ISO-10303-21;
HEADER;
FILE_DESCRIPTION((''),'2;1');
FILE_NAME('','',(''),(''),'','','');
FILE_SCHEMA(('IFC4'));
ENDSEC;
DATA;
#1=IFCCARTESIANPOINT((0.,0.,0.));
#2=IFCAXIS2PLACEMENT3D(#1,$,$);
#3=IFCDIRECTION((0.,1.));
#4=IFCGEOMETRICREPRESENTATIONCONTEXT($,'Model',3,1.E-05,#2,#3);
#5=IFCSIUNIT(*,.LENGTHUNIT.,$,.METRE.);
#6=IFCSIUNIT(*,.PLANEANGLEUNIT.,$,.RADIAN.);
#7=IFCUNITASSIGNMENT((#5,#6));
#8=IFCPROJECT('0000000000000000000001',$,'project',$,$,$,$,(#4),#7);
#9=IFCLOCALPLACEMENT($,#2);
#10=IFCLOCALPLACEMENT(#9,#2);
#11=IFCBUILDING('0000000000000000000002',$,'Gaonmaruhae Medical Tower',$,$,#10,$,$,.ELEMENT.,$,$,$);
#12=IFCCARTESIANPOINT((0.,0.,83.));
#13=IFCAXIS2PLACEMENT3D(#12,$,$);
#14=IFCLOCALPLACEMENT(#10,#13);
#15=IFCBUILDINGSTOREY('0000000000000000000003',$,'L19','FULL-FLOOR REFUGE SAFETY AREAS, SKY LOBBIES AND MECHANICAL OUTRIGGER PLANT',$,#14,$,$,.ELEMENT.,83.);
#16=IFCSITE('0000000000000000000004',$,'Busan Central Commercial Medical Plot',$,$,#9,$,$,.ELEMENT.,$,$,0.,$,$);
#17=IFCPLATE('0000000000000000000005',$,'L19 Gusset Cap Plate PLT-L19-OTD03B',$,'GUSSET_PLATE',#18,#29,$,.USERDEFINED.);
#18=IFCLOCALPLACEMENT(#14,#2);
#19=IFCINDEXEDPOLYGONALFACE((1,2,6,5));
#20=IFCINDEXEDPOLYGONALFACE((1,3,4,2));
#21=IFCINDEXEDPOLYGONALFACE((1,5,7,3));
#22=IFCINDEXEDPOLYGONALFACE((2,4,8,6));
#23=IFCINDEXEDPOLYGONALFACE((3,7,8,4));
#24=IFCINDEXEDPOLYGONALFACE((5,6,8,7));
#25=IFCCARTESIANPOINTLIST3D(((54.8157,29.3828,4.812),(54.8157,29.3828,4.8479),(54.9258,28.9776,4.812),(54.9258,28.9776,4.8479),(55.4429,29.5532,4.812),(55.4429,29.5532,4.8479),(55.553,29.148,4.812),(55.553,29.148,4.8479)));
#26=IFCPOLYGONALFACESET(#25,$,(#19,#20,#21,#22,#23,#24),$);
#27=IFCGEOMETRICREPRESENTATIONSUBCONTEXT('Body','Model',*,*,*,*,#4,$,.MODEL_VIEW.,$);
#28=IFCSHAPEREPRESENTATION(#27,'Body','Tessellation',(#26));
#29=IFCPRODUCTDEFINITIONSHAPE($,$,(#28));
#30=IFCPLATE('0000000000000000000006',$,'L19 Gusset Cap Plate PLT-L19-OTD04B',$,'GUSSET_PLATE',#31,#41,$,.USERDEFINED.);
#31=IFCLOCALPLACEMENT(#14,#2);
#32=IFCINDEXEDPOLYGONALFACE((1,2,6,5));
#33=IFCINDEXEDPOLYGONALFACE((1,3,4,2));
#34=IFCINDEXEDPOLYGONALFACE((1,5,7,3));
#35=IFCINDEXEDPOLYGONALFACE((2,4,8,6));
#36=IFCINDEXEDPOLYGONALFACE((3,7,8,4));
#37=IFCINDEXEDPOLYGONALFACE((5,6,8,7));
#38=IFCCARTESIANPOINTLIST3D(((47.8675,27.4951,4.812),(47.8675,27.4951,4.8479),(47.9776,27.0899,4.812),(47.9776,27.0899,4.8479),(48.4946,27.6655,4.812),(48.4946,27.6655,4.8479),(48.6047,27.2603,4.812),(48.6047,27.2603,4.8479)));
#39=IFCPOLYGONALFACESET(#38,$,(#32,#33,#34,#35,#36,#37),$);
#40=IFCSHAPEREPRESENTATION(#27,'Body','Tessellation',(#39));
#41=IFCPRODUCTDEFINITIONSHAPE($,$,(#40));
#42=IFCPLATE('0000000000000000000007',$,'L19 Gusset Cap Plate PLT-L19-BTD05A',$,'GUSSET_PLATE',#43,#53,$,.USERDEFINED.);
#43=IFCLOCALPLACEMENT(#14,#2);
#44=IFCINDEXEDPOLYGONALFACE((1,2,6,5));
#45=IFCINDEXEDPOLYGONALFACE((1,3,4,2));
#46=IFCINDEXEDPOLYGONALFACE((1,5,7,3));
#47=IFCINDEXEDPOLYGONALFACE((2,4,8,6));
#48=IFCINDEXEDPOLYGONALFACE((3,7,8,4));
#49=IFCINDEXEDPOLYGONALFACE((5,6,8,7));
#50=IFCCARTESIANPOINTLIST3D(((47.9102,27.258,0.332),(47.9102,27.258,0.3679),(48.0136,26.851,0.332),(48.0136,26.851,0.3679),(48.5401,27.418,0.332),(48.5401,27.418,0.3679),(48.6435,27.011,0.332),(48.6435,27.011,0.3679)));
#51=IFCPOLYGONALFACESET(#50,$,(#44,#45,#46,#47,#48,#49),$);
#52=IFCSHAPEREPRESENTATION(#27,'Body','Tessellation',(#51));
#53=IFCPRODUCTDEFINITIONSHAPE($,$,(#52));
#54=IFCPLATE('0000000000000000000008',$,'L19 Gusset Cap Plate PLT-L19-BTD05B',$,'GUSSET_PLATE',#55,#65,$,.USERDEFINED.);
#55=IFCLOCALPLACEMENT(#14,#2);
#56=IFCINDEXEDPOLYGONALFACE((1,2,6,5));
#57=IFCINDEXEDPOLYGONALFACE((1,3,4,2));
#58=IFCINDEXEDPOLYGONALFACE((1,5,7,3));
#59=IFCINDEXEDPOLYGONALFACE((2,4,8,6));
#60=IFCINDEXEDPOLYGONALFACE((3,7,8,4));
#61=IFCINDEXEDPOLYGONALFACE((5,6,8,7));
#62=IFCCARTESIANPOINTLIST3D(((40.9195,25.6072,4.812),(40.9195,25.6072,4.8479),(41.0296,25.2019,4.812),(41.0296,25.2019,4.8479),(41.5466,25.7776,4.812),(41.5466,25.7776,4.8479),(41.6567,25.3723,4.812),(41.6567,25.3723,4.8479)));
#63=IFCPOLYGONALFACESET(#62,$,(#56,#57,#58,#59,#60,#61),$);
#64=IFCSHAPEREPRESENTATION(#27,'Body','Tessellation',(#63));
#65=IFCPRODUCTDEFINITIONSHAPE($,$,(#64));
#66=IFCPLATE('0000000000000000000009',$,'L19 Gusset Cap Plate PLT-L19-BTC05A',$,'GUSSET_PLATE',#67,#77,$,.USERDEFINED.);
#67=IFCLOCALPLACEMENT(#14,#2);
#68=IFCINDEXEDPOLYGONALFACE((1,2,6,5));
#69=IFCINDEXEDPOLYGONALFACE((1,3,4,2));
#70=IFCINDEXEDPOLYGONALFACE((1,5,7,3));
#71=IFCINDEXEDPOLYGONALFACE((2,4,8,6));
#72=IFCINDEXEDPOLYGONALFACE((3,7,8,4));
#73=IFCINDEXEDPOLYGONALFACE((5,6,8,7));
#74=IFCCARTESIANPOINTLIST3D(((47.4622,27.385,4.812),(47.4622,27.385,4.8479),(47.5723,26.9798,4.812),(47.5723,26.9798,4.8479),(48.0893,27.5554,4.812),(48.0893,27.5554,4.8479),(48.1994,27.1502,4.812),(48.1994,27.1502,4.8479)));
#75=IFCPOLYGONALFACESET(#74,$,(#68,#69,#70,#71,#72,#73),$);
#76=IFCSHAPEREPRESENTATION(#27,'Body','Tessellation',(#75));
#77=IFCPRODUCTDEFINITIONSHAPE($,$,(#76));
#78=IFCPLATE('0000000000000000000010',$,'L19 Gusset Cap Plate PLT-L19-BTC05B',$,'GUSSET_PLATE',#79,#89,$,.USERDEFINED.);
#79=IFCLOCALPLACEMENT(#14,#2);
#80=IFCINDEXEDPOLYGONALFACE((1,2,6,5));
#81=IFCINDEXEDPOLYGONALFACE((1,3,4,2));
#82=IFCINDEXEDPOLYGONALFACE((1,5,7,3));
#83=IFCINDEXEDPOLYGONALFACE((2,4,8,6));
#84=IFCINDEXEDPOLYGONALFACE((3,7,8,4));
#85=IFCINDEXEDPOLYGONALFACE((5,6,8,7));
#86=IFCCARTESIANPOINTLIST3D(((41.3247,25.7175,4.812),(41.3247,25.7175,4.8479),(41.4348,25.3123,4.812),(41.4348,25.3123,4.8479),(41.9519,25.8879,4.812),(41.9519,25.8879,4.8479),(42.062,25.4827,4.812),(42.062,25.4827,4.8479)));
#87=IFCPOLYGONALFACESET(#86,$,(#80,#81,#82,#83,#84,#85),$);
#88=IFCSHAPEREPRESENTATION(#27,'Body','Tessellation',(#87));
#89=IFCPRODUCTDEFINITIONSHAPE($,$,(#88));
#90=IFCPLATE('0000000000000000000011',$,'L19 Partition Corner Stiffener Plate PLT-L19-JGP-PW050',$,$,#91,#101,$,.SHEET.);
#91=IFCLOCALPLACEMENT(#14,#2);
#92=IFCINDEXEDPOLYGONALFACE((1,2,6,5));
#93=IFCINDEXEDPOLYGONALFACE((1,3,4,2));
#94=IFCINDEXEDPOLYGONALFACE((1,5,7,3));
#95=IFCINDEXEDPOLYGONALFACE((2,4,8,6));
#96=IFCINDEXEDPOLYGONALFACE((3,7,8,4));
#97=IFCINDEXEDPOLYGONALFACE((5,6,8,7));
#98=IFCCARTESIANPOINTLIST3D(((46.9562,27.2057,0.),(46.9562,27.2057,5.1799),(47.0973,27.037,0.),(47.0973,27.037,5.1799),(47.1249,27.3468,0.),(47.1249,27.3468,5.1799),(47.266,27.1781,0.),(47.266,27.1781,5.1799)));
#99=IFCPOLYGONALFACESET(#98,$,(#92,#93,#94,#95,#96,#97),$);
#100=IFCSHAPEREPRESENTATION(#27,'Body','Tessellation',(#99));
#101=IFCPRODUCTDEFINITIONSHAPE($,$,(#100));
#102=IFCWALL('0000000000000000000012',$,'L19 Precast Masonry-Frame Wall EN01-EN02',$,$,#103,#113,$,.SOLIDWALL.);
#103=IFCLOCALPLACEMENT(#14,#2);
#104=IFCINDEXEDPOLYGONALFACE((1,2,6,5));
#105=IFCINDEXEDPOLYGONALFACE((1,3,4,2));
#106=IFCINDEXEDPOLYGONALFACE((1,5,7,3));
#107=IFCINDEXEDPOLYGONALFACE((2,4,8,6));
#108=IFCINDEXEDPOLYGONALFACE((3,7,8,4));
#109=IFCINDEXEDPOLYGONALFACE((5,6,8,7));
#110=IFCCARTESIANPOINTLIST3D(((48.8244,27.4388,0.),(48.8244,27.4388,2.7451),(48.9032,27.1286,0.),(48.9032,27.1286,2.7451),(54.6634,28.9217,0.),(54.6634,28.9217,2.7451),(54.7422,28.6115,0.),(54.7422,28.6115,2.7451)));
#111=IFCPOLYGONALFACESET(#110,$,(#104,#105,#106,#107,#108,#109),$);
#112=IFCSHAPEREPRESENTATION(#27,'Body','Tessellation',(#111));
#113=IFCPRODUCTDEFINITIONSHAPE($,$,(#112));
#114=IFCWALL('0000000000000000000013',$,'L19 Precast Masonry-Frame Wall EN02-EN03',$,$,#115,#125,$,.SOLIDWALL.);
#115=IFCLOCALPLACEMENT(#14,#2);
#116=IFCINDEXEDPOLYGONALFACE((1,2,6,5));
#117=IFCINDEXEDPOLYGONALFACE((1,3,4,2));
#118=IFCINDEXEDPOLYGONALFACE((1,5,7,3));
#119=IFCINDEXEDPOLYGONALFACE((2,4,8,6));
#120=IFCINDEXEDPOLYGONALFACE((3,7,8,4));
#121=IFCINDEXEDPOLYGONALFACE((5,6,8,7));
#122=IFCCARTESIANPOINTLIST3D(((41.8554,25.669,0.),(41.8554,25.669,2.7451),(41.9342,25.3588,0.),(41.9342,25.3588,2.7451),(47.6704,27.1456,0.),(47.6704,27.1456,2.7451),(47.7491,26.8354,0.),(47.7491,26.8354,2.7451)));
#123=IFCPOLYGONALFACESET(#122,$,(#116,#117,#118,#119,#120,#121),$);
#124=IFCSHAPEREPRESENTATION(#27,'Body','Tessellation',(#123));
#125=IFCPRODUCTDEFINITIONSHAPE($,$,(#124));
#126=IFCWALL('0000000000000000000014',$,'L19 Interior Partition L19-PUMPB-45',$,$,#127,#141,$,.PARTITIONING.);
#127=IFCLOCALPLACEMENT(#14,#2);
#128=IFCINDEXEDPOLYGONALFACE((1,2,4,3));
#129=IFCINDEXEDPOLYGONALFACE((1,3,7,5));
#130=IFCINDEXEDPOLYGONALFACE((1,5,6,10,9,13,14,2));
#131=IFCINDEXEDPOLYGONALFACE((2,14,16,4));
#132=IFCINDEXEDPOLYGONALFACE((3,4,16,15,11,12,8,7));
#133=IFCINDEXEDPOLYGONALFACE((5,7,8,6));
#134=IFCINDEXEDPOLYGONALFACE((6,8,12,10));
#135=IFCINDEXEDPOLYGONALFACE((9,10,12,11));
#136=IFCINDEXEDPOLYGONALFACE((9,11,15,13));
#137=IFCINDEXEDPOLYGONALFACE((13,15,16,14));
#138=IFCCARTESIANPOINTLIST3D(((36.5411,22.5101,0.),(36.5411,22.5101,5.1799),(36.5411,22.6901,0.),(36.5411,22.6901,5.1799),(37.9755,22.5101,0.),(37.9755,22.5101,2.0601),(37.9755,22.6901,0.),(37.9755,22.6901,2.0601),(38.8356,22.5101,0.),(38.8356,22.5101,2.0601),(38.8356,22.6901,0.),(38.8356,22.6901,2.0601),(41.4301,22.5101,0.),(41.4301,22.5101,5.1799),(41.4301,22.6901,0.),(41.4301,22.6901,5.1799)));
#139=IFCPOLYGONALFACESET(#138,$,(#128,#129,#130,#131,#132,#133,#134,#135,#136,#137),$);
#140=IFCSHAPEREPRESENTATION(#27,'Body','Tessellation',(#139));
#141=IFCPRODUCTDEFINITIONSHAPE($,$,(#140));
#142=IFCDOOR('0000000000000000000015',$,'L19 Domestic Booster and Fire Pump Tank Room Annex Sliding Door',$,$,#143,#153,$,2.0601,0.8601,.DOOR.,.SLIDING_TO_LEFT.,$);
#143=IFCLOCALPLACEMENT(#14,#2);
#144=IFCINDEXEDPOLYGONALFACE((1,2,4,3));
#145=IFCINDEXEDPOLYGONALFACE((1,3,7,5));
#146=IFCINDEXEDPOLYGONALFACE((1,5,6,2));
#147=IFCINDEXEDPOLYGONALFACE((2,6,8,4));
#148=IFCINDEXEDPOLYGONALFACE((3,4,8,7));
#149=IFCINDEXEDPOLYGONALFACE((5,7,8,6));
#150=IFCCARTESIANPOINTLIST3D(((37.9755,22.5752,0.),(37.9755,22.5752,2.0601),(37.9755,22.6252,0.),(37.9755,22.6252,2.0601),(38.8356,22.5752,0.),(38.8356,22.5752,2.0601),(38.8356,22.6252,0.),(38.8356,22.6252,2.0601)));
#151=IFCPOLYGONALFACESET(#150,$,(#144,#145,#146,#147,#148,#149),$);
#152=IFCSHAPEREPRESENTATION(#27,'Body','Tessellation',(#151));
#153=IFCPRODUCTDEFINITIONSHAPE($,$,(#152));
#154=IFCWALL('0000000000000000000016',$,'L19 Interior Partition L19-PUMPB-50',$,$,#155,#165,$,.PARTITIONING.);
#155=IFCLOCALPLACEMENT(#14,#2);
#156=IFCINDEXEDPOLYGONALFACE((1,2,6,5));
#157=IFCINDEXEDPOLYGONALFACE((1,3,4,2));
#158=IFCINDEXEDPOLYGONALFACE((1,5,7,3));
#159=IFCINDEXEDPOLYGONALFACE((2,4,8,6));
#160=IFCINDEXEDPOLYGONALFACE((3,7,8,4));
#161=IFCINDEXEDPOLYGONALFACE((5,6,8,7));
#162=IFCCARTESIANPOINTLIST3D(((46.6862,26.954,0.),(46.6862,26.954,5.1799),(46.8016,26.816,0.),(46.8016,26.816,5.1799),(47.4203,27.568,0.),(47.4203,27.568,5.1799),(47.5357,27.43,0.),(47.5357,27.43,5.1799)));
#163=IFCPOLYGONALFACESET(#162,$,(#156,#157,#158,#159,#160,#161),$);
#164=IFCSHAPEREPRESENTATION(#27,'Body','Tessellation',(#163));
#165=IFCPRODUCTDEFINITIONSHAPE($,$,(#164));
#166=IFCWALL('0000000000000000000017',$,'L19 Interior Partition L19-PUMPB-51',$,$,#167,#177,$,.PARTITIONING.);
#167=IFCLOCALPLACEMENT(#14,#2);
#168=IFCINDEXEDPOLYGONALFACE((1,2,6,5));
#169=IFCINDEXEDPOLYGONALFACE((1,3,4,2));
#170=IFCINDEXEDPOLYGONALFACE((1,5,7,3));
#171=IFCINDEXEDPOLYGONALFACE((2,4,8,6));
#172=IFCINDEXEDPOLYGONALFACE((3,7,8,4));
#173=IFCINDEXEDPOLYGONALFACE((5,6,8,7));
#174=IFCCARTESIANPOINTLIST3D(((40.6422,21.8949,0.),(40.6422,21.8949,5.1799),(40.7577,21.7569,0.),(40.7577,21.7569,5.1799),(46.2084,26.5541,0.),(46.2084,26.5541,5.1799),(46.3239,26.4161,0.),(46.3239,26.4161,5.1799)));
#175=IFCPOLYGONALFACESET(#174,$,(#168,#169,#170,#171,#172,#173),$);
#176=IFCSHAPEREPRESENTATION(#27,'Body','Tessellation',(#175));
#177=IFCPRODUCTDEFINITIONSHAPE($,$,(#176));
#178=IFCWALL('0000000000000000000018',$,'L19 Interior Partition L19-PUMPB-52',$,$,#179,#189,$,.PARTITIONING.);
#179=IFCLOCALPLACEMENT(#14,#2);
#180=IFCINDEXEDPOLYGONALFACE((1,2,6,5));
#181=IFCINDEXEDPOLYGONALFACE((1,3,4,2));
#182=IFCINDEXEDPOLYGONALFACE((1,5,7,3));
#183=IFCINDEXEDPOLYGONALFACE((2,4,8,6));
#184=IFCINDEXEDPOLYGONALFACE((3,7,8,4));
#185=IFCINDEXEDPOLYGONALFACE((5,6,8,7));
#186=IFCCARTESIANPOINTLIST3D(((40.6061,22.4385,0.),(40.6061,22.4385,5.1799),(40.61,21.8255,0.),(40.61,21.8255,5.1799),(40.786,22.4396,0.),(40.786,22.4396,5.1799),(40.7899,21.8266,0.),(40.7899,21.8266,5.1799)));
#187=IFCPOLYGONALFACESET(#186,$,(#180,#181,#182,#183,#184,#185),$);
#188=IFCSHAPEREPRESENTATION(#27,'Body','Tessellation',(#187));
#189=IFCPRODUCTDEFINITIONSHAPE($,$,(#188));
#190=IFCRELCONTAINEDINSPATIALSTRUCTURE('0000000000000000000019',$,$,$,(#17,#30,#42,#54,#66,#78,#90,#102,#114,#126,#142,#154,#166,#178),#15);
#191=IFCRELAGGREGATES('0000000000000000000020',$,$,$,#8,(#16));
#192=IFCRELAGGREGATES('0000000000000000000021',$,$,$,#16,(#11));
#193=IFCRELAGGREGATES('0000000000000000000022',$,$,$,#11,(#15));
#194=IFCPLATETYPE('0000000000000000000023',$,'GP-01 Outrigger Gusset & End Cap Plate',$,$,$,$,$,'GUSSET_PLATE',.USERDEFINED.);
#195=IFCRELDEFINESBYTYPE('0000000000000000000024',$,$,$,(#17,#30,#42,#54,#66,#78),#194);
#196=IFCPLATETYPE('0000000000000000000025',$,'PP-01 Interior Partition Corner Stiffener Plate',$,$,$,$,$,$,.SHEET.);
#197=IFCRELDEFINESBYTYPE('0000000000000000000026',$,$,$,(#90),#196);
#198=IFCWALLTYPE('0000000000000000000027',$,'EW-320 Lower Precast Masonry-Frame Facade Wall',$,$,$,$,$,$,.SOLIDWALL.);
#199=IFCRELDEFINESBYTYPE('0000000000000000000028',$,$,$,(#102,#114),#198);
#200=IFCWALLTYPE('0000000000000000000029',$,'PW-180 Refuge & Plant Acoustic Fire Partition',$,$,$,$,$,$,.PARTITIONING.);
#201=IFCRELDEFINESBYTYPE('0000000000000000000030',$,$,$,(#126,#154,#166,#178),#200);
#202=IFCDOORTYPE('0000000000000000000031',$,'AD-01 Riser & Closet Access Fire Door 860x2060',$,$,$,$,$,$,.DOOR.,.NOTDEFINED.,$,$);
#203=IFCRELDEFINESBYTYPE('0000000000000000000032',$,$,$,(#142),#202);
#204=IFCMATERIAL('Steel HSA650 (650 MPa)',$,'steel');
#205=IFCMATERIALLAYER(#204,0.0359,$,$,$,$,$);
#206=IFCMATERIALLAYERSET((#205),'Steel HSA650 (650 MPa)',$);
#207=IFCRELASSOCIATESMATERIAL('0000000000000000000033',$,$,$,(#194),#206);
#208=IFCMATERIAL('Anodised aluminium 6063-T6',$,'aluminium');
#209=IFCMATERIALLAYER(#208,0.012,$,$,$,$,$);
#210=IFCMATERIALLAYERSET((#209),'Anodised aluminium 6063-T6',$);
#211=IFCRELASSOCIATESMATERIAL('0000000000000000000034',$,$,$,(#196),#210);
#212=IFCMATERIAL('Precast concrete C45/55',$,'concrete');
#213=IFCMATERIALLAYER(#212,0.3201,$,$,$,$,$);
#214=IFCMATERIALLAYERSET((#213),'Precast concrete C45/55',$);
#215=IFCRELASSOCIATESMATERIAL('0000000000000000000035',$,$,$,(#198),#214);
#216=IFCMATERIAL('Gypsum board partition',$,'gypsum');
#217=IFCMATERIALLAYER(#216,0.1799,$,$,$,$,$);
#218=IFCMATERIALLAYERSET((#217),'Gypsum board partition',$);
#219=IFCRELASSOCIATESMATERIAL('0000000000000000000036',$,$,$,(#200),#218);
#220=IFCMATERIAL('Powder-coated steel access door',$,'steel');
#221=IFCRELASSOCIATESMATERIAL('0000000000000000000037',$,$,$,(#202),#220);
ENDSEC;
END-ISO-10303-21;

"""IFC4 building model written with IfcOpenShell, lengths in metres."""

from ifc_helpers import new_model, si_unit, direction, frame, frame_2d, origin, origin_2d, place, context, subcontext, project, spatial, rectangle, extrude, material, layer, layer_set, type_object, element, fill, save


model = new_model("IFC4")

# Units and contexts
model_context = context("Model", 3, precision=1e-05, world=origin(), true_north=direction((0.0, 1.0)))
body_context = subcontext(model_context, "Body", "Model", "MODEL_VIEW")
ifc_project = project(units=[si_unit("LENGTHUNIT", "METRE"), si_unit("PLANEANGLEUNIT", "RADIAN")], contexts=[model_context])

# Site, building, storey
site_placement = place(None, origin())
site = spatial("IfcSite", under=ifc_project, at=site_placement, Name="Busan Central Commercial Medical Plot", CompositionType="ELEMENT", RefElevation=0.0)
building_placement = place(site_placement, origin())
building = spatial("IfcBuilding", under=site, at=building_placement, Name="Gaonmaruhae Medical Tower", CompositionType="ELEMENT")
storey_placement = place(building_placement, frame((0.0, 0.0, 83.0)))
storey = spatial("IfcBuildingStorey", under=building, at=storey_placement, Name="L19", Description="FULL-FLOOR REFUGE SAFETY AREAS, SKY LOBBIES AND MECHANICAL OUTRIGGER PLANT", CompositionType="ELEMENT", Elevation=83.0)

# Shared definitions
ifc_material_1 = material(Name="Steel HSA650 (650 MPa)", Category="steel")

# Plates
ifc_layer_1 = layer(ifc_material_1, 0.0359)
ifc_layer_set_1 = layer_set([ifc_layer_1], Name="Steel HSA650 (650 MPa)")
plate_type_1 = type_object("IfcPlateType", Name="GP-01 Outrigger Gusset & End Cap Plate", ElementType="GUSSET_PLATE", PredefinedType="USERDEFINED", material=ifc_layer_set_1)
for number, where, z_axis, x_axis, name in (
    (1, (55.1843, 29.2654, 4.812), (0.0, 0.0, 1.0), (0.965016, 0.262189, 0.0), "L19 Gusset Cap Plate PLT-L19-OTD03B"),
    (2, (48.2361, 27.3777, 4.812), (0.0, 0.0, 1.0), (0.965016, 0.262189, 0.0), "L19 Gusset Cap Plate PLT-L19-OTD04B"),
    (3, (48.2769, 27.1345, 0.332), (0.0, 0.0, 1.0), (0.969231, 0.246153, 0.0), "L19 Gusset Cap Plate PLT-L19-BTD05A"),
    (4, (41.2881, 25.4897, 4.812), (0.0, 0.0, 1.0), (0.965016, 0.262189, 0.0), "L19 Gusset Cap Plate PLT-L19-BTD05B"),
    (5, (47.8308, 27.2676, 4.812), (0.0, 0.0, 1.0), (0.965016, 0.262189, 0.0), "L19 Gusset Cap Plate PLT-L19-BTC05A"),
    (6, (41.6934, 25.6001, 4.812), (0.0, 0.0, 1.0), (0.965016, 0.262189, 0.0), "L19 Gusset Cap Plate PLT-L19-BTC05B"),
):
    element("IfcPlate", number, at=place(storey_placement, frame(where, z_axis=z_axis, x_axis=x_axis)), inside=storey, type_object=plate_type_1, Name=name, ObjectType="GUSSET_PLATE", PredefinedType="USERDEFINED", context=body_context, shape_type="SweptSolid", body=[
        extrude(rectangle(XDim=0.6499, YDim=0.4199, at=origin_2d()), origin(), (0.0, 0.0, 1.0), 0.0359),
    ])
ifc_material_2 = material(Name="Anodised aluminium 6063-T6", Category="aluminium")
ifc_layer_2 = layer(ifc_material_2, 0.012)
ifc_layer_set_2 = layer_set([ifc_layer_2], Name="Anodised aluminium 6063-T6")
plate_type_2 = type_object("IfcPlateType", Name="PP-01 Interior Partition Corner Stiffener Plate", PredefinedType="SHEET", material=ifc_layer_set_2)
plate_placement = place(storey_placement, frame((47.1111, 27.1919, 0.0), z_axis=(0.0, 0.0, 1.0), x_axis=(-0.76702, -0.641624, 0.0)))
element("IfcPlate", 7, at=plate_placement, inside=storey, type_object=plate_type_2, Name="L19 Partition Corner Stiffener Plate PLT-L19-JGP-PW050", PredefinedType="SHEET", context=body_context, shape_type="SweptSolid", body=[
    extrude(rectangle(XDim=0.22, YDim=0.22, at=origin_2d()), origin(), (0.0, 0.0, 1.0), 5.1799),
])

# Walls
ifc_material_3 = material(Name="Precast concrete C45/55", Category="concrete")
ifc_layer_3 = layer(ifc_material_3, 0.3201)
ifc_layer_set_3 = layer_set([ifc_layer_3], Name="Precast concrete C45/55")
wall_type_1 = type_object("IfcWallType", Name="EW-320 Lower Precast Masonry-Frame Facade Wall", PredefinedType="SOLIDWALL", material=ifc_layer_set_3)
wall_1_placement = place(storey_placement, frame((48.8638, 27.2837, 0.0), z_axis=(0.0, 0.0, 1.0), x_axis=(0.969232, 0.246148, 0.0)))
element("IfcWall", 8, at=wall_1_placement, inside=storey, type_object=wall_type_1, Name="L19 Precast Masonry-Frame Wall EN01-EN02", PredefinedType="SOLIDWALL", context=body_context, shape_type="SweptSolid", body=[
    extrude(rectangle(XDim=6.0244, YDim=0.3201, at=frame_2d((3.0122, 0.0))), origin(), (0.0, 0.0, 1.0), 2.7451),
])
wall_2_placement = place(storey_placement, frame((41.8948, 25.5139, 0.0), z_axis=(0.0, 0.0, 1.0), x_axis=(0.969241, 0.246115, 0.0)))
element("IfcWall", 9, at=wall_2_placement, inside=storey, type_object=wall_type_1, Name="L19 Precast Masonry-Frame Wall EN02-EN03", PredefinedType="SOLIDWALL", context=body_context, shape_type="SweptSolid", body=[
    extrude(rectangle(XDim=5.9995, YDim=0.3201, at=frame_2d((2.9998, 0.0))), origin(), (0.0, 0.0, 1.0), 2.7451),
])

# Wall, opening, door
ifc_material_4 = material(Name="Gypsum board partition", Category="gypsum")
ifc_layer_4 = layer(ifc_material_4, 0.1799)
ifc_layer_set_4 = layer_set([ifc_layer_4], Name="Gypsum board partition")
wall_type_2 = type_object("IfcWallType", Name="PW-180 Refuge & Plant Acoustic Fire Partition", PredefinedType="PARTITIONING", material=ifc_layer_set_4)
wall_3_placement = place(storey_placement, frame((41.4299, 22.6001, 0.0), z_axis=(0.0, 0.0, 1.0), x_axis=(-1.0, 0.0, 0.0)))
wall_3 = element("IfcWall", 10, at=wall_3_placement, inside=storey, type_object=wall_type_2, Name="L19 Interior Partition L19-PUMPB-45", PredefinedType="PARTITIONING", context=body_context, shape_type="SweptSolid", body=[
    extrude(rectangle(XDim=4.8889, YDim=0.1799, at=frame_2d((2.4443, 0.0))), origin(), (0.0, 0.0, 1.0), 5.1799),
])
opening_placement = place(wall_3_placement, frame((2.5942, 0.0, 0.0)))
opening = element("IfcOpeningElement", 11, at=opening_placement, cuts=wall_3, PredefinedType="OPENING", context=body_context, shape_type="SweptSolid", body=[
    extrude(rectangle(XDim=0.8601, YDim=2.0601, at=frame_2d((0.4302, 1.03))), frame((0.0, 0.1001, 0.0), z_axis=(0.0, -1.0, 0.0), x_axis=(1.0, 0.0, 0.0)), (0.0, 0.0, 1.0), 0.2),
])
ifc_material_5 = material(Name="Powder-coated steel access door", Category="steel")
door_type = type_object("IfcDoorType", Name="AD-01 Riser & Closet Access Fire Door 860x2060", OperationType="NOTDEFINED", PredefinedType="DOOR", material=ifc_material_5)
door_placement = place(opening_placement, origin())
door = element("IfcDoor", 12, at=door_placement, inside=storey, type_object=door_type, Name="L19 Domestic Booster and Fire Pump Tank Room Annex Sliding Door", OperationType="SLIDING_TO_LEFT", OverallHeight=2.0601, OverallWidth=0.8601, PredefinedType="DOOR", context=body_context, shape_type="SweptSolid", body=[
    extrude(rectangle(XDim=0.8601, YDim=2.0601, at=frame_2d((0.4302, 1.03))), frame((0.0, 0.0249, 0.0), z_axis=(0.0, -1.0, 0.0), x_axis=(1.0, 0.0, 0.0)), (0.0, 0.0, 1.0), 0.05),
])
fill(opening, door)

# Walls
wall_4_placement = place(storey_placement, frame((47.478, 27.499, 0.0), z_axis=(0.0, 0.0, 1.0), x_axis=(-0.76707, -0.641563, 0.0)))
element("IfcWall", 13, at=wall_4_placement, inside=storey, type_object=wall_type_2, Name="L19 Interior Partition L19-PUMPB-50", PredefinedType="PARTITIONING", context=body_context, shape_type="SweptSolid", body=[
    extrude(rectangle(XDim=0.957, YDim=0.1799, at=frame_2d((0.4785, 0.0))), origin(), (0.0, 0.0, 1.0), 5.1799),
])
wall_5_placement = place(storey_placement, frame((46.2661, 26.4851, 0.0), z_axis=(0.0, 0.0, 1.0), x_axis=(-0.766816, -0.641867, 0.0)))
element("IfcWall", 14, at=wall_5_placement, inside=storey, type_object=wall_type_2, Name="L19 Interior Partition L19-PUMPB-51", PredefinedType="PARTITIONING", context=body_context, shape_type="SweptSolid", body=[
    extrude(rectangle(XDim=7.2588, YDim=0.1799, at=frame_2d((3.6294, 0.0))), origin(), (0.0, 0.0, 1.0), 5.1799),
])
wall_6_placement = place(storey_placement, frame((40.7, 21.8259, 0.0), z_axis=(0.0, 0.0, 1.0), x_axis=(-0.006372, 0.99998, 0.0)))
element("IfcWall", 15, at=wall_6_placement, inside=storey, type_object=wall_type_2, Name="L19 Interior Partition L19-PUMPB-52", PredefinedType="PARTITIONING", context=body_context, shape_type="SweptSolid", body=[
    extrude(rectangle(XDim=0.613, YDim=0.1799, at=frame_2d((0.3066, 0.0))), origin(), (0.0, 0.0, 1.0), 5.1799),
])

save(model, "model.ifc")
